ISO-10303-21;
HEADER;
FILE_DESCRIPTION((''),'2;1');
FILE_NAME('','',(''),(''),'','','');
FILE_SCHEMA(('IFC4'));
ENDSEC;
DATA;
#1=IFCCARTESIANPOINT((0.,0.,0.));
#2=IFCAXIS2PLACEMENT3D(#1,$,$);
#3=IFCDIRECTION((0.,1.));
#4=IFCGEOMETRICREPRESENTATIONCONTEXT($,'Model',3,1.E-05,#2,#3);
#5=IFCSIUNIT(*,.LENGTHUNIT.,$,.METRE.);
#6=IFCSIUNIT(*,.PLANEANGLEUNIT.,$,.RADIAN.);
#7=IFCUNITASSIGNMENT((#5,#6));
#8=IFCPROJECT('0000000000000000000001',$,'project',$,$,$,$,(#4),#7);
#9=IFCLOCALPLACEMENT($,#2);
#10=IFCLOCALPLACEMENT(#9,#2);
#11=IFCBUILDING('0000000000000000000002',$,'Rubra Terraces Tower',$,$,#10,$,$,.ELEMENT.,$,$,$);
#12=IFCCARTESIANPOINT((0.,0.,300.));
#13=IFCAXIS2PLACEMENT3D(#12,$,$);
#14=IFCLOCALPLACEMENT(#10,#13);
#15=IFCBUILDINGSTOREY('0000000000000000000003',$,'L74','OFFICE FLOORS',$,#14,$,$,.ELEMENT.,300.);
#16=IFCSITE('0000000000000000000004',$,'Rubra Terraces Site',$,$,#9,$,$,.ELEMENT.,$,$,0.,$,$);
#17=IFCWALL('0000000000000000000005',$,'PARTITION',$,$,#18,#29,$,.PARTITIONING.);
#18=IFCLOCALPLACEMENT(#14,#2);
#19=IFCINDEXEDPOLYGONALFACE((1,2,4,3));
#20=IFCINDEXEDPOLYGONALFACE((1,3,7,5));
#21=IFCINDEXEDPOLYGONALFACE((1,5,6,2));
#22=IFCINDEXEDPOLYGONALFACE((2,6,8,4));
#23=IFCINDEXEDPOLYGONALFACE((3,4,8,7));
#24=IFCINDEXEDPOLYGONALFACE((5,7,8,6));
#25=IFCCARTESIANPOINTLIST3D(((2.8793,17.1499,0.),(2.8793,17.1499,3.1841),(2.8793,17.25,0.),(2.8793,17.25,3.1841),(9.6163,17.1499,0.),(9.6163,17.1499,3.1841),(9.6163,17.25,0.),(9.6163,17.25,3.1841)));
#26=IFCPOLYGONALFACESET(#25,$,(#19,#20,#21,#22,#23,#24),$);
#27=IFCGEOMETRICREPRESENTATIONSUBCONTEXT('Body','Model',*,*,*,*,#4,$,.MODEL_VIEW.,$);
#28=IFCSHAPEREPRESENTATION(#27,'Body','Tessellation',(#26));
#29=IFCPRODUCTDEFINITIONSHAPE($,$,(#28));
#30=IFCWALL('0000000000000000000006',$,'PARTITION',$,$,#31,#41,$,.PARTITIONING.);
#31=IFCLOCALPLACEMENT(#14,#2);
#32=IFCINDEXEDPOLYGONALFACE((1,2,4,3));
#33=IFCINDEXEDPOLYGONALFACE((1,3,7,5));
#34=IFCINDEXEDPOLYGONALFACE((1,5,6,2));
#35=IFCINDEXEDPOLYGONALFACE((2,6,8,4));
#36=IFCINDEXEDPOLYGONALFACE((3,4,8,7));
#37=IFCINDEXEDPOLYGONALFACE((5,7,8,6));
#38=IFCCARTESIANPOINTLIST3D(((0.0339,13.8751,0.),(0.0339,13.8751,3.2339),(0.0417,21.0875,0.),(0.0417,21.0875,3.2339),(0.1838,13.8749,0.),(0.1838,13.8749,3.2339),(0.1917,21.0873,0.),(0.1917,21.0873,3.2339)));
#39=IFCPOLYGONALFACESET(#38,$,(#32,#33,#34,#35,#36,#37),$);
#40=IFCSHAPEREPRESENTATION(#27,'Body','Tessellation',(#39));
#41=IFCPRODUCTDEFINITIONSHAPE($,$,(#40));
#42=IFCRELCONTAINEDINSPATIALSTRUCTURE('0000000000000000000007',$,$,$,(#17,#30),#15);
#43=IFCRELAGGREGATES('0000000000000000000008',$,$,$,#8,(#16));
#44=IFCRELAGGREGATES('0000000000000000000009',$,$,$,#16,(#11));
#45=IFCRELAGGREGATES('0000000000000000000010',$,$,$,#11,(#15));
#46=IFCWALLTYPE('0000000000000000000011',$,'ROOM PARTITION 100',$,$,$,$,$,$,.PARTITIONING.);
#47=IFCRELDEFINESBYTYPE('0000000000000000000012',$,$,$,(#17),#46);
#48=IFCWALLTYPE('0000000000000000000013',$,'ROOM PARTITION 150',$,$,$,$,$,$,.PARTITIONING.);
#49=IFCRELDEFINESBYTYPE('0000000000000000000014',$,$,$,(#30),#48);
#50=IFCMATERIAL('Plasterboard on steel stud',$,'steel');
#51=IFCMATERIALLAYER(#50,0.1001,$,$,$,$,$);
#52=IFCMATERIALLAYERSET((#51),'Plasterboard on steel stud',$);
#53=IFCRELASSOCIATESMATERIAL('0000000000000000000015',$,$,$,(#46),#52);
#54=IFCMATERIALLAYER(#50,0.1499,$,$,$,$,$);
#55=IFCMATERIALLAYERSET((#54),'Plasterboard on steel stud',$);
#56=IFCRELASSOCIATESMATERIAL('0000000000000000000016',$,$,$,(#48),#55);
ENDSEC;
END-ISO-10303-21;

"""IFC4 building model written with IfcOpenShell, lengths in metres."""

from ifc_helpers import new_model, si_unit, direction, frame, frame_2d, origin, place, context, subcontext, project, spatial, rectangle, extrude, material, layer, layer_set, type_object, element, save


model = new_model("IFC4")

# Units and contexts
model_context = context("Model", 3, precision=1e-05, world=origin(), true_north=direction((0.0, 1.0)))
body_context = subcontext(model_context, "Body", "Model", "MODEL_VIEW")
ifc_project = project(units=[si_unit("LENGTHUNIT", "METRE"), si_unit("PLANEANGLEUNIT", "RADIAN")], contexts=[model_context])

# Site, building, storey
site_placement = place(None, origin())
site = spatial("IfcSite", under=ifc_project, at=site_placement, Name="Rubra Terraces Site", CompositionType="ELEMENT", RefElevation=0.0)
building_placement = place(site_placement, origin())
building = spatial("IfcBuilding", under=site, at=building_placement, Name="Rubra Terraces Tower", CompositionType="ELEMENT")
storey_placement = place(building_placement, frame((0.0, 0.0, 300.0)))
storey = spatial("IfcBuildingStorey", under=building, at=storey_placement, Name="L74", Description="OFFICE FLOORS", CompositionType="ELEMENT", Elevation=300.0)

# Walls
ifc_material_1 = material(Name="Plasterboard on steel stud", Category="steel")
ifc_layer_1 = layer(ifc_material_1, 0.1001)
ifc_layer_set_1 = layer_set([ifc_layer_1], Name="Plasterboard on steel stud")
wall_type_1 = type_object("IfcWallType", Name="ROOM PARTITION 100", PredefinedType="PARTITIONING", material=ifc_layer_set_1)
wall_1_placement = place(storey_placement, frame((2.8792, 17.2, 0.0), z_axis=(0.0, 0.0, 1.0), x_axis=(1.0, 0.0, 0.0)))
element("IfcWall", 1, at=wall_1_placement, inside=storey, type_object=wall_type_1, Name="PARTITION", PredefinedType="PARTITIONING", context=body_context, shape_type="SweptSolid", body=[
    extrude(rectangle(XDim=6.7371, YDim=0.1001, at=frame_2d((3.3687, 0.0))), origin(), (0.0, 0.0, 1.0), 3.1841),
])
ifc_layer_2 = layer(ifc_material_1, 0.1499)
ifc_layer_set_2 = layer_set([ifc_layer_2], Name="Plasterboard on steel stud")
wall_type_2 = type_object("IfcWallType", Name="ROOM PARTITION 150", PredefinedType="PARTITIONING", material=ifc_layer_set_2)
wall_2_placement = place(storey_placement, frame((0.1167, 21.0874, 0.0), z_axis=(0.0, 0.0, 1.0), x_axis=(-0.001083, -0.999999, 0.0)))
element("IfcWall", 2, at=wall_2_placement, inside=storey, type_object=wall_type_2, Name="PARTITION", PredefinedType="PARTITIONING", context=body_context, shape_type="SweptSolid", body=[
    extrude(rectangle(XDim=7.2124, YDim=0.1499, at=frame_2d((3.6062, 0.0))), origin(), (0.0, 0.0, 1.0), 3.2339),
])

save(model, "model.ifc")
